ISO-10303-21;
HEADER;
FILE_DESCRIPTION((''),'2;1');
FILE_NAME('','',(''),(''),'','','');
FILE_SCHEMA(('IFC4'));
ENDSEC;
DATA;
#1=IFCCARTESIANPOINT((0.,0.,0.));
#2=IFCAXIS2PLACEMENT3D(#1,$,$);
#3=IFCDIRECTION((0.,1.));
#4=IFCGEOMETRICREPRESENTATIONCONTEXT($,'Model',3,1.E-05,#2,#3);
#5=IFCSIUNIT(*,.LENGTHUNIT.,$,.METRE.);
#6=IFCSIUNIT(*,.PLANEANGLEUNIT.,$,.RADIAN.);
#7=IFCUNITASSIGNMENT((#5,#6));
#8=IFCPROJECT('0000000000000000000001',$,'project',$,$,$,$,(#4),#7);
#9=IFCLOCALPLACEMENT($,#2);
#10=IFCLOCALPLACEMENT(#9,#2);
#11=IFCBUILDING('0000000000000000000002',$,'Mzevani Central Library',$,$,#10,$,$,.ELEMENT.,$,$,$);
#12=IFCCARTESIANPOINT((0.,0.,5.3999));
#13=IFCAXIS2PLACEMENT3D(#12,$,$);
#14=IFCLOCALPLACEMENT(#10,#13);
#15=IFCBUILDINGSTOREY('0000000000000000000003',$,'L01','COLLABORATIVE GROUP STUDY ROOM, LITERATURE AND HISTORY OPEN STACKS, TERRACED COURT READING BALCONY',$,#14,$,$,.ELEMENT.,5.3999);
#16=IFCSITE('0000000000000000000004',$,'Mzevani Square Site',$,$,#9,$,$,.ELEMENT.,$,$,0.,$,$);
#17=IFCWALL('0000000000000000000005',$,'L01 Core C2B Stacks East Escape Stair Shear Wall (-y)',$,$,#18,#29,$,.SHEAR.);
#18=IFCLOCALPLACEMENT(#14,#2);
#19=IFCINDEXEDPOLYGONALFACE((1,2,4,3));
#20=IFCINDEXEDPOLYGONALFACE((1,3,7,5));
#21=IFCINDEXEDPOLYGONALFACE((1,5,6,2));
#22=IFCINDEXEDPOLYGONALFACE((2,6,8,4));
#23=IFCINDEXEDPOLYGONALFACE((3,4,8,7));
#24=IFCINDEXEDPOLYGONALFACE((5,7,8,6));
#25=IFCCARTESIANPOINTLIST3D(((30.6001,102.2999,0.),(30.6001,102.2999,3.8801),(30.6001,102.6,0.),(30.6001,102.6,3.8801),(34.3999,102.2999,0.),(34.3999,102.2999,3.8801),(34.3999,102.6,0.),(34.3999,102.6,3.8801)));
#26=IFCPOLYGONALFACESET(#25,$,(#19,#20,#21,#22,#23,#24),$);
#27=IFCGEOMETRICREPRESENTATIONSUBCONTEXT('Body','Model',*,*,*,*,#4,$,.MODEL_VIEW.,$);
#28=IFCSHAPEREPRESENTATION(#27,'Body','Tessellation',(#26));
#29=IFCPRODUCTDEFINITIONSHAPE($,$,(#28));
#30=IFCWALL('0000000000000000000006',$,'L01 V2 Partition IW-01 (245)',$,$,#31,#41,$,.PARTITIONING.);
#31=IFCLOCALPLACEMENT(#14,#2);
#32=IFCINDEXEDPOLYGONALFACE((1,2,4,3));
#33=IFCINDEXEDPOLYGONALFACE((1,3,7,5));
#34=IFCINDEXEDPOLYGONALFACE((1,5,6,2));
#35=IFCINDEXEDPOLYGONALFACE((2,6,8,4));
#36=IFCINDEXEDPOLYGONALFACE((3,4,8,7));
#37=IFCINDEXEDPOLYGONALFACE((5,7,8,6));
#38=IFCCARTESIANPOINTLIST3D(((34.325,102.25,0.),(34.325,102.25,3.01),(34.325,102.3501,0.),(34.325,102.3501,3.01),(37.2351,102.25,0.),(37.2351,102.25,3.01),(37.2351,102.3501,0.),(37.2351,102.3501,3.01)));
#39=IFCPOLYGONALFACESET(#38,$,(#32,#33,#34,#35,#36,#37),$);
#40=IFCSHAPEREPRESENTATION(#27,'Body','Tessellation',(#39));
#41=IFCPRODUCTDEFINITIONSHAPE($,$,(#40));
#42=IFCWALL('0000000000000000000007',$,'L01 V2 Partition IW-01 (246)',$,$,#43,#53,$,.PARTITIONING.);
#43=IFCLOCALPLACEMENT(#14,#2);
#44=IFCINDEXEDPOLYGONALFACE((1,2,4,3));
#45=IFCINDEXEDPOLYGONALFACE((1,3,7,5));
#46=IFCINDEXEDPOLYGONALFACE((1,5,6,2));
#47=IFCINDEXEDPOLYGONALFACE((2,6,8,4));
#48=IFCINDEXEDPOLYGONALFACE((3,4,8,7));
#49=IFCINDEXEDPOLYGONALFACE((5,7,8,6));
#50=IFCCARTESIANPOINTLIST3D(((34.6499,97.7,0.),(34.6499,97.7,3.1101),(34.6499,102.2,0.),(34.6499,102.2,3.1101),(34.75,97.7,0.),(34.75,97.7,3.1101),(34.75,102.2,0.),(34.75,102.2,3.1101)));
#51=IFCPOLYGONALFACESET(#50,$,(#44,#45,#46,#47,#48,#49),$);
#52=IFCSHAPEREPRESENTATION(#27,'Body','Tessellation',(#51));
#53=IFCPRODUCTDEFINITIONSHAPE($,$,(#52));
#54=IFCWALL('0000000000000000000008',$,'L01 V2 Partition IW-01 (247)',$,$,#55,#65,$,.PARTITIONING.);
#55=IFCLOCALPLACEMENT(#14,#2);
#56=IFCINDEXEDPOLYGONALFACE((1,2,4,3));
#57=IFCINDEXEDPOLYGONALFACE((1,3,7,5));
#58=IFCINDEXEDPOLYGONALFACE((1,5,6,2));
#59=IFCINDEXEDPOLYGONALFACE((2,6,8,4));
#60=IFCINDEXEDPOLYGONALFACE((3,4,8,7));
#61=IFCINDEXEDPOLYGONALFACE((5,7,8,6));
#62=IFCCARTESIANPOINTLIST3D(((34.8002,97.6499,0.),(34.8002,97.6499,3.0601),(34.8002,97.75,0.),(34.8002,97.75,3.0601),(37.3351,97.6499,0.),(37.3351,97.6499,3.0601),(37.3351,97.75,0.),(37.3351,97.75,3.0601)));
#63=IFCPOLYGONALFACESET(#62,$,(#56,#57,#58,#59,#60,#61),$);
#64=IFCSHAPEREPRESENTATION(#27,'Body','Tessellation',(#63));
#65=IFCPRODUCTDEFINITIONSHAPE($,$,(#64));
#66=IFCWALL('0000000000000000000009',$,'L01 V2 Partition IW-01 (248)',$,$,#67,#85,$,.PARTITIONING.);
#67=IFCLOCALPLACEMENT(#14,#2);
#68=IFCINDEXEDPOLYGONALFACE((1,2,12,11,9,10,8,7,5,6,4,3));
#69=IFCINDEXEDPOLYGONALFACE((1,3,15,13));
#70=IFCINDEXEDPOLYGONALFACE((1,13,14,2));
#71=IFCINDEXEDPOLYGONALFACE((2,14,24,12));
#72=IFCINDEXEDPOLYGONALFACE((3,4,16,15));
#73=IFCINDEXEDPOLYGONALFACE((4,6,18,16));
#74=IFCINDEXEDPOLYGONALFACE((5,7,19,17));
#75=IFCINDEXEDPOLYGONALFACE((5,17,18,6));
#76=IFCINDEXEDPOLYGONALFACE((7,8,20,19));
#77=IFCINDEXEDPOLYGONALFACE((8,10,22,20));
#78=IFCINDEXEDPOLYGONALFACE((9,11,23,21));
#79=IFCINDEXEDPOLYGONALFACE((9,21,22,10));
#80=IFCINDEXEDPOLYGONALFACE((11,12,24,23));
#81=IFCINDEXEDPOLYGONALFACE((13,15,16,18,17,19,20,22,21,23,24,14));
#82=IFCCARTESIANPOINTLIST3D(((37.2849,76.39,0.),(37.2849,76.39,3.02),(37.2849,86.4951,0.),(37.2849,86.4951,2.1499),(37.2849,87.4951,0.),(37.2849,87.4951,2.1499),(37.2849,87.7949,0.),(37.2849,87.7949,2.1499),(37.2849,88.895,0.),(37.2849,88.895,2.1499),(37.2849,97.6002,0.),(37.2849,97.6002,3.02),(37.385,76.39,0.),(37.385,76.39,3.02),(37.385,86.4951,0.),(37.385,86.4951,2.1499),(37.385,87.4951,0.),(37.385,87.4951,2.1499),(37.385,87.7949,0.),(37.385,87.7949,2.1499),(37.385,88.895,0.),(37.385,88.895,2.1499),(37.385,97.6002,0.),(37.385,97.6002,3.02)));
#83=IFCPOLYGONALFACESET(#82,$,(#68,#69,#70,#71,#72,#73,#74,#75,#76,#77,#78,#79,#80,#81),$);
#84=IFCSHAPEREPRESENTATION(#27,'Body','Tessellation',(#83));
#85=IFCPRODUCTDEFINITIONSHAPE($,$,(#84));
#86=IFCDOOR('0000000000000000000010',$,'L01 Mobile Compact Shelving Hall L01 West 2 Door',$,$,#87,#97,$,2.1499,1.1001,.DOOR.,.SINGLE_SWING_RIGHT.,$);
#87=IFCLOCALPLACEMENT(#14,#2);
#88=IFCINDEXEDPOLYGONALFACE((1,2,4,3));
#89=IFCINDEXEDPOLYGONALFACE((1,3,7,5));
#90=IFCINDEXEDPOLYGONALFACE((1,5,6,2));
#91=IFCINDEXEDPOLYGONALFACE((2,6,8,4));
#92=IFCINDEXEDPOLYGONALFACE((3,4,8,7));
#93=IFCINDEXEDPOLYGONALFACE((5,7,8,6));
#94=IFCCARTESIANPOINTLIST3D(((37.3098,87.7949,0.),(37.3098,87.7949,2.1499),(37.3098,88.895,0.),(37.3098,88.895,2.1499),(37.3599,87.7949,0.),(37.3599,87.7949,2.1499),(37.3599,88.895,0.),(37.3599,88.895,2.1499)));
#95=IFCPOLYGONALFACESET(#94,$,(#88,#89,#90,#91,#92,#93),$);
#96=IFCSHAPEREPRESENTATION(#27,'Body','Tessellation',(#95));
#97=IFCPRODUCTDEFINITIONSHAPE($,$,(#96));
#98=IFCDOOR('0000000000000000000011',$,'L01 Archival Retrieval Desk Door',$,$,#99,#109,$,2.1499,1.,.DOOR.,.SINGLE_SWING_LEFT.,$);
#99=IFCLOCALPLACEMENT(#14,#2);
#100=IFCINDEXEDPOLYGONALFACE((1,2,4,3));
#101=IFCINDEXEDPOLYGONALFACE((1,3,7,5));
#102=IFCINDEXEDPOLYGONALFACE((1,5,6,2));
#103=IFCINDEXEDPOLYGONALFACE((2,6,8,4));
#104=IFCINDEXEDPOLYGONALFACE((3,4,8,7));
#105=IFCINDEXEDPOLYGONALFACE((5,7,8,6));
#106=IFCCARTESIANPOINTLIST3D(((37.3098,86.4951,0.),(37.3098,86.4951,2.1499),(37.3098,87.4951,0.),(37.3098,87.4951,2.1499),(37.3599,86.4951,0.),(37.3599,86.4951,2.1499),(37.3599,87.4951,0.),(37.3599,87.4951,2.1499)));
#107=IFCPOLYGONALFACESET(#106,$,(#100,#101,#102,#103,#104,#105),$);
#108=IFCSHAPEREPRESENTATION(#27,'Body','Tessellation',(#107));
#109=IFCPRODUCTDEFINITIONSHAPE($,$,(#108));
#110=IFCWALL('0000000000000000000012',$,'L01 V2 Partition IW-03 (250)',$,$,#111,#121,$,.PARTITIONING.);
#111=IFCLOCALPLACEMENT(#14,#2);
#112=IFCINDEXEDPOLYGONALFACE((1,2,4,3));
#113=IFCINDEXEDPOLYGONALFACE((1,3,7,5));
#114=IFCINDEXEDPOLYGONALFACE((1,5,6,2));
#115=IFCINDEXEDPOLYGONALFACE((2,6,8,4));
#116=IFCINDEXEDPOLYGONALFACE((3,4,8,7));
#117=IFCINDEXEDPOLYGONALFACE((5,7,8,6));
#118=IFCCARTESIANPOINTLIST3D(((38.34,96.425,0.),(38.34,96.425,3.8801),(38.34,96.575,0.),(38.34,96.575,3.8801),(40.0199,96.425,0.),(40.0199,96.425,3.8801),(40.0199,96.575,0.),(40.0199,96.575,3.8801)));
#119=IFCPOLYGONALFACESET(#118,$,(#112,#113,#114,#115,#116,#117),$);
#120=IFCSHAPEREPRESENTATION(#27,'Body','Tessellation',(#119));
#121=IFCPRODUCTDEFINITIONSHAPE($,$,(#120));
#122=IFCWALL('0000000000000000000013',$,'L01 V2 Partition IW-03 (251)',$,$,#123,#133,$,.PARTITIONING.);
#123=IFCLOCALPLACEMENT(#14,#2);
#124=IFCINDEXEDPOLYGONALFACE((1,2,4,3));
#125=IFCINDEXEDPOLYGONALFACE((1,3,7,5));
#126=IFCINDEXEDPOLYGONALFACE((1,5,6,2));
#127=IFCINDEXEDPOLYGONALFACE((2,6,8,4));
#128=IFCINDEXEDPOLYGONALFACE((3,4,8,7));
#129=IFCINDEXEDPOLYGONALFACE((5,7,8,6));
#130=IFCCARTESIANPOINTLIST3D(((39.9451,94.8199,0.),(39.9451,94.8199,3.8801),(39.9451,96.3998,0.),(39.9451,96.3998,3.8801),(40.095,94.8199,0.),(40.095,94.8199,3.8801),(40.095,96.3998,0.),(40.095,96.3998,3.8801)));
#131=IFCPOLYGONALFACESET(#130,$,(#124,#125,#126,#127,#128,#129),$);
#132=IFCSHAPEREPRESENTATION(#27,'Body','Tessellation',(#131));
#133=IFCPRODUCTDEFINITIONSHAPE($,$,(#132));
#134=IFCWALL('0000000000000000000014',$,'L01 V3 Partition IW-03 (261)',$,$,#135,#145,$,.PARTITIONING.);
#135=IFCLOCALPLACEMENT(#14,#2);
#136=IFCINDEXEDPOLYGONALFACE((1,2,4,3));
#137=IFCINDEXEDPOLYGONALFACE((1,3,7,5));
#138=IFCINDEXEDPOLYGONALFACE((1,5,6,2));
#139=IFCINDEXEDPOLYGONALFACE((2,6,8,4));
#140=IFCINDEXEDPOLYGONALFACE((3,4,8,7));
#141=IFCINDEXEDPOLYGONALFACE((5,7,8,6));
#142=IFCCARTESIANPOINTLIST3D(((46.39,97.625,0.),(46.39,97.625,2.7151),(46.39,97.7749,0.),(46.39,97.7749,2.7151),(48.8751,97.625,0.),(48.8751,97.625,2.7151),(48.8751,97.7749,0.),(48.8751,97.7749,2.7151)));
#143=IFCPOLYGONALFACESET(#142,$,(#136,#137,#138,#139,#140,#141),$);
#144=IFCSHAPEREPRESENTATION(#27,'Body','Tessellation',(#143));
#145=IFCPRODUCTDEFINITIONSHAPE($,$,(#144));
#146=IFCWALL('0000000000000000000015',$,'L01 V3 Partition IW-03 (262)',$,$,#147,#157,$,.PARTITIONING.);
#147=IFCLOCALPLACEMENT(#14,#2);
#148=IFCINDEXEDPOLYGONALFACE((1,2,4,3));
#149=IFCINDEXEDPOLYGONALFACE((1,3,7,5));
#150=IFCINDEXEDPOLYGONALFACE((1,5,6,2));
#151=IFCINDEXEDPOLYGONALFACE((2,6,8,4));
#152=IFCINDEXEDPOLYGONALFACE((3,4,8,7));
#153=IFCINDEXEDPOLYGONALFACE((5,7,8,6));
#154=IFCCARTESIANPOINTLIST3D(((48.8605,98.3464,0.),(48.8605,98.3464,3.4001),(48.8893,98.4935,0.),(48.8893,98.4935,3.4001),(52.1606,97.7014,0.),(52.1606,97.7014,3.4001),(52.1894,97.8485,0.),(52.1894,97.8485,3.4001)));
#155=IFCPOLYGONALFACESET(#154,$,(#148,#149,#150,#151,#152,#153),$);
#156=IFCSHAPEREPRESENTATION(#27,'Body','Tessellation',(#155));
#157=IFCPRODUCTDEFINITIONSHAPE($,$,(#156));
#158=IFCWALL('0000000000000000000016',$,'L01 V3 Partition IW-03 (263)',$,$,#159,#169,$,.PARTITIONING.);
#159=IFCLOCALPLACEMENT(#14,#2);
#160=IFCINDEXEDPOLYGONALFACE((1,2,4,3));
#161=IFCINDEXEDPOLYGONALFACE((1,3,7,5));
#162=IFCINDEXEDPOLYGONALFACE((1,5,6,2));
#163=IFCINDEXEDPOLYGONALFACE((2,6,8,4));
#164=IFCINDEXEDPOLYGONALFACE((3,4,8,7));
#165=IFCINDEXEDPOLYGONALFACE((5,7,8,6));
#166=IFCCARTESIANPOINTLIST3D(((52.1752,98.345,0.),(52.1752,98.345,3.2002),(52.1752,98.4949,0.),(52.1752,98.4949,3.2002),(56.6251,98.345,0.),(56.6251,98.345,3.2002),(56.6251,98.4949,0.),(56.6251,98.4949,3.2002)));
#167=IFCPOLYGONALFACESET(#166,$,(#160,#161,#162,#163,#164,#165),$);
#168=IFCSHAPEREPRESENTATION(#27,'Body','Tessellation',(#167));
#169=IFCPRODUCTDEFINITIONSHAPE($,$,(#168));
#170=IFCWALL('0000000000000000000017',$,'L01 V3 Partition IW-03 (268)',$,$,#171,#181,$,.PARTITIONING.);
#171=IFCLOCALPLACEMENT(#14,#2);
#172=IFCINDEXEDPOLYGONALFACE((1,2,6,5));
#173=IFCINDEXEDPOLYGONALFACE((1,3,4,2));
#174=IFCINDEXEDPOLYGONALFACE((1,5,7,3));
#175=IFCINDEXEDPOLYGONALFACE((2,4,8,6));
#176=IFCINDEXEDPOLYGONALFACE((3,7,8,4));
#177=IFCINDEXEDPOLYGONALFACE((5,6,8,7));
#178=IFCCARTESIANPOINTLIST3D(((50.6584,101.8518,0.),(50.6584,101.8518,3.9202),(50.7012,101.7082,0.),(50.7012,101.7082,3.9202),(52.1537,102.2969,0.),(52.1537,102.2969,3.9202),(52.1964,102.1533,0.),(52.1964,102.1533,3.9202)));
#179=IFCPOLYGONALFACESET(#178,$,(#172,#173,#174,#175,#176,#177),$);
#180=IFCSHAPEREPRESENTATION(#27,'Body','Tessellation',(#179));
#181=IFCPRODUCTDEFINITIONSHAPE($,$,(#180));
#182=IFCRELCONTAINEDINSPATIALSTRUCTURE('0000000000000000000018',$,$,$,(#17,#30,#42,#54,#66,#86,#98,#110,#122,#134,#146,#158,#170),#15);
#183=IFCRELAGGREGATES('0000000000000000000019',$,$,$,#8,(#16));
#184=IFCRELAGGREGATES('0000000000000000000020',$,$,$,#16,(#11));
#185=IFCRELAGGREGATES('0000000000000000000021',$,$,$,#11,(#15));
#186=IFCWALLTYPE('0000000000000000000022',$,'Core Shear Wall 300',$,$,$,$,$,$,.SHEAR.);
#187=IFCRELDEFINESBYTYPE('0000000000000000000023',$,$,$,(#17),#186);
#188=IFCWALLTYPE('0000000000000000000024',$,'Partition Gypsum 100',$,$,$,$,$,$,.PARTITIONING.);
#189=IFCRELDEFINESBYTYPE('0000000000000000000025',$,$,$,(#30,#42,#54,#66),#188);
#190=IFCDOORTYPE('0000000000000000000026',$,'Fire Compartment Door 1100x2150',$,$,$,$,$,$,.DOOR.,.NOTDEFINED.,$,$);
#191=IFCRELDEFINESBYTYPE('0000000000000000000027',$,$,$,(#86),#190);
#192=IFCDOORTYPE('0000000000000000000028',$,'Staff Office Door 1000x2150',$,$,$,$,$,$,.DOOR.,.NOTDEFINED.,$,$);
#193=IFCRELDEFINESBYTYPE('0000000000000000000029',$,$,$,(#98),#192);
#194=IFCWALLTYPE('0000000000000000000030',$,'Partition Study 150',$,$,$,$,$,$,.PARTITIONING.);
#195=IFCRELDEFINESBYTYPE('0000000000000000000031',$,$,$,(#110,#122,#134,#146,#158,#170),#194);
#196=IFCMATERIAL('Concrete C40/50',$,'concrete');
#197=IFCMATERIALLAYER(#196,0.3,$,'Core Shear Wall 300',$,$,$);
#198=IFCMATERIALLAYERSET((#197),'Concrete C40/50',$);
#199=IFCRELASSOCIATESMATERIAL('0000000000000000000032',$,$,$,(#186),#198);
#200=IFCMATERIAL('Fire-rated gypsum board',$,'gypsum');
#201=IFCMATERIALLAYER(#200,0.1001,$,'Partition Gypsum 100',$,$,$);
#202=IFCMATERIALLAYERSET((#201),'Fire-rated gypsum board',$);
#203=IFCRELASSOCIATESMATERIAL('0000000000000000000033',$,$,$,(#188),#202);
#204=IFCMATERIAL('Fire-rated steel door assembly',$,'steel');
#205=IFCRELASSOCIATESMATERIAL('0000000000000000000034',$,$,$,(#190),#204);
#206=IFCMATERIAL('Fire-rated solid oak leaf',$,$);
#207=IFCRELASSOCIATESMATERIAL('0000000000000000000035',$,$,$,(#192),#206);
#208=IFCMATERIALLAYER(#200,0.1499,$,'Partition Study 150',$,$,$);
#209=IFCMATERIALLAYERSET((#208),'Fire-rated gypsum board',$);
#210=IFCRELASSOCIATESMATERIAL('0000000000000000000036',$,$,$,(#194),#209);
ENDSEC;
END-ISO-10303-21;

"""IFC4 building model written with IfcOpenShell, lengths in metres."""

from ifc_helpers import new_model, si_unit, direction, frame, frame_2d, origin, place, context, subcontext, project, spatial, rectangle, extrude, material, layer, layer_set, type_object, element, fill, save


model = new_model("IFC4")

# Units and contexts
model_context = context("Model", 3, precision=1e-05, world=origin(), true_north=direction((0.0, 1.0)))
body_context = subcontext(model_context, "Body", "Model", "MODEL_VIEW")
ifc_project = project(units=[si_unit("LENGTHUNIT", "METRE"), si_unit("PLANEANGLEUNIT", "RADIAN")], contexts=[model_context])

# Site, building, storey
site_placement = place(None, origin())
site = spatial("IfcSite", under=ifc_project, at=site_placement, Name="Mzevani Square Site", CompositionType="ELEMENT", RefElevation=0.0)
building_placement = place(site_placement, origin())
building = spatial("IfcBuilding", under=site, at=building_placement, Name="Mzevani Central Library", CompositionType="ELEMENT")
storey_placement = place(building_placement, frame((0.0, 0.0, 5.3999)))
storey = spatial("IfcBuildingStorey", under=building, at=storey_placement, Name="L01", Description="COLLABORATIVE GROUP STUDY ROOM, LITERATURE AND HISTORY OPEN STACKS, TERRACED COURT READING BALCONY", CompositionType="ELEMENT", Elevation=5.3999)

# Shared definitions
ifc_material_1 = material(Name="Concrete C40/50", Category="concrete")

# Walls
ifc_layer_1 = layer(ifc_material_1, 0.3, Name="Core Shear Wall 300")
ifc_layer_set_1 = layer_set([ifc_layer_1], Name="Concrete C40/50")
wall_type_1 = type_object("IfcWallType", Name="Core Shear Wall 300", PredefinedType="SHEAR", material=ifc_layer_set_1)
wall_1_placement = place(storey_placement, frame((34.3999, 102.45, 0.0), z_axis=(0.0, 0.0, 1.0), x_axis=(-1.0, 0.0, 0.0)))
element("IfcWall", 1, at=wall_1_placement, inside=storey, type_object=wall_type_1, Name="L01 Core C2B Stacks East Escape Stair Shear Wall (-y)", PredefinedType="SHEAR", context=body_context, shape_type="SweptSolid", body=[
    extrude(rectangle(XDim=3.7998, YDim=0.3, at=frame_2d((1.8999, 0.0))), origin(), (0.0, 0.0, 1.0), 3.8801),
])
ifc_material_2 = material(Name="Fire-rated gypsum board", Category="gypsum")
ifc_layer_2 = layer(ifc_material_2, 0.1001, Name="Partition Gypsum 100")
ifc_layer_set_2 = layer_set([ifc_layer_2], Name="Fire-rated gypsum board")
wall_type_2 = type_object("IfcWallType", Name="Partition Gypsum 100", PredefinedType="PARTITIONING", material=ifc_layer_set_2)
wall_2_placement = place(storey_placement, frame((37.2351, 102.3, 0.0), z_axis=(0.0, 0.0, 1.0), x_axis=(-1.0, 0.0, 0.0)))
element("IfcWall", 2, at=wall_2_placement, inside=storey, type_object=wall_type_2, Name="L01 V2 Partition IW-01 (245)", PredefinedType="PARTITIONING", context=body_context, shape_type="SweptSolid", body=[
    extrude(rectangle(XDim=2.9102, YDim=0.1001, at=frame_2d((1.4551, 0.0))), origin(), (0.0, 0.0, 1.0), 3.01),
])
wall_3_placement = place(storey_placement, frame((34.7, 102.2, 0.0), z_axis=(0.0, 0.0, 1.0), x_axis=(0.0, -1.0, 0.0)))
element("IfcWall", 3, at=wall_3_placement, inside=storey, type_object=wall_type_2, Name="L01 V2 Partition IW-01 (246)", PredefinedType="PARTITIONING", context=body_context, shape_type="SweptSolid", body=[
    extrude(rectangle(XDim=4.5, YDim=0.1001, at=frame_2d((2.25, 0.0))), origin(), (0.0, 0.0, 1.0), 3.1101),
])
wall_4_placement = place(storey_placement, frame((34.8, 97.7, 0.0), z_axis=(0.0, 0.0, 1.0), x_axis=(1.0, 0.0, 0.0)))
element("IfcWall", 4, at=wall_4_placement, inside=storey, type_object=wall_type_2, Name="L01 V2 Partition IW-01 (247)", PredefinedType="PARTITIONING", context=body_context, shape_type="SweptSolid", body=[
    extrude(rectangle(XDim=2.5349, YDim=0.1001, at=frame_2d((1.2676, 0.0))), origin(), (0.0, 0.0, 1.0), 3.0601),
])

# Wall, openings, doors
wall_5_placement = place(storey_placement, frame((37.335, 97.6001, 0.0), z_axis=(0.0, 0.0, 1.0), x_axis=(0.0, -1.0, 0.0)))
wall_5 = element("IfcWall", 5, at=wall_5_placement, inside=storey, type_object=wall_type_2, Name="L01 V2 Partition IW-01 (248)", PredefinedType="PARTITIONING", context=body_context, shape_type="SweptSolid", body=[
    extrude(rectangle(XDim=21.2102, YDim=0.1001, at=frame_2d((10.605, 0.0))), origin(), (0.0, 0.0, 1.0), 3.02),
])
opening_1_placement = place(wall_5_placement, frame((10.105, 0.0, 0.0)))
opening_1 = element("IfcOpeningElement", 6, at=opening_1_placement, cuts=wall_5, PredefinedType="OPENING", context=body_context, shape_type="SweptSolid", body=[
    extrude(rectangle(XDim=1.0, YDim=2.1499, at=frame_2d((0.5, 1.075))), frame((0.0, 0.0601, 0.0), z_axis=(0.0, -1.0, 0.0), x_axis=(1.0, 0.0, 0.0)), (0.0, 0.0, 1.0), 0.1201),
])
opening_2_placement = place(wall_5_placement, frame((8.7051, 0.0, 0.0)))
opening_2 = element("IfcOpeningElement", 7, at=opening_2_placement, cuts=wall_5, PredefinedType="OPENING", context=body_context, shape_type="SweptSolid", body=[
    extrude(rectangle(XDim=1.1001, YDim=2.1499, at=frame_2d((0.55, 1.075))), frame((0.0, 0.0601, 0.0), z_axis=(0.0, -1.0, 0.0), x_axis=(1.0, 0.0, 0.0)), (0.0, 0.0, 1.0), 0.1201),
])
ifc_material_3 = material(Name="Fire-rated steel door assembly", Category="steel")
door_type_1 = type_object("IfcDoorType", Name="Fire Compartment Door 1100x2150", OperationType="NOTDEFINED", PredefinedType="DOOR", material=ifc_material_3)
door_1_placement = place(opening_2_placement, origin())
door_1 = element("IfcDoor", 8, at=door_1_placement, inside=storey, type_object=door_type_1, Name="L01 Mobile Compact Shelving Hall L01 West 2 Door", OperationType="SINGLE_SWING_RIGHT", OverallHeight=2.1499, OverallWidth=1.1001, PredefinedType="DOOR", context=body_context, shape_type="SweptSolid", body=[
    extrude(rectangle(XDim=1.1001, YDim=2.1499, at=frame_2d((0.55, 1.075))), frame((0.0, 0.0249, 0.0), z_axis=(0.0, -1.0, 0.0), x_axis=(1.0, 0.0, 0.0)), (0.0, 0.0, 1.0), 0.05),
])
fill(opening_2, door_1)
ifc_material_4 = material(Name="Fire-rated solid oak leaf")
door_type_2 = type_object("IfcDoorType", Name="Staff Office Door 1000x2150", OperationType="NOTDEFINED", PredefinedType="DOOR", material=ifc_material_4)
door_2_placement = place(opening_1_placement, origin())
door_2 = element("IfcDoor", 9, at=door_2_placement, inside=storey, type_object=door_type_2, Name="L01 Archival Retrieval Desk Door", OperationType="SINGLE_SWING_LEFT", OverallHeight=2.1499, OverallWidth=1.0, PredefinedType="DOOR", context=body_context, shape_type="SweptSolid", body=[
    extrude(rectangle(XDim=1.0, YDim=2.1499, at=frame_2d((0.5, 1.075))), frame((0.0, 0.0249, 0.0), z_axis=(0.0, -1.0, 0.0), x_axis=(1.0, 0.0, 0.0)), (0.0, 0.0, 1.0), 0.05),
])
fill(opening_1, door_2)

# Walls
ifc_layer_3 = layer(ifc_material_2, 0.1499, Name="Partition Study 150")
ifc_layer_set_3 = layer_set([ifc_layer_3], Name="Fire-rated gypsum board")
wall_type_3 = type_object("IfcWallType", Name="Partition Study 150", PredefinedType="PARTITIONING", material=ifc_layer_set_3)
wall_6_placement = place(storey_placement, frame((38.3401, 96.5, 0.0), z_axis=(0.0, 0.0, 1.0), x_axis=(1.0, 0.0, 0.0)))
element("IfcWall", 10, at=wall_6_placement, inside=storey, type_object=wall_type_3, Name="L01 V2 Partition IW-03 (250)", PredefinedType="PARTITIONING", context=body_context, shape_type="SweptSolid", body=[
    extrude(rectangle(XDim=1.6799, YDim=0.1499, at=frame_2d((0.8398, 0.0))), origin(), (0.0, 0.0, 1.0), 3.8801),
])
wall_7_placement = place(storey_placement, frame((40.02, 96.3999, 0.0), z_axis=(0.0, 0.0, 1.0), x_axis=(0.0, -1.0, 0.0)))
element("IfcWall", 11, at=wall_7_placement, inside=storey, type_object=wall_type_3, Name="L01 V2 Partition IW-03 (251)", PredefinedType="PARTITIONING", context=body_context, shape_type="SweptSolid", body=[
    extrude(rectangle(XDim=1.5798, YDim=0.1499, at=frame_2d((0.79, 0.0))), origin(), (0.0, 0.0, 1.0), 3.8801),
])
wall_8_placement = place(storey_placement, frame((46.3899, 97.7, 0.0), z_axis=(0.0, 0.0, 1.0), x_axis=(1.0, 0.0, 0.0)))
element("IfcWall", 12, at=wall_8_placement, inside=storey, type_object=wall_type_3, Name="L01 V3 Partition IW-03 (261)", PredefinedType="PARTITIONING", context=body_context, shape_type="SweptSolid", body=[
    extrude(rectangle(XDim=2.4851, YDim=0.1499, at=frame_2d((1.2427, 0.0))), origin(), (0.0, 0.0, 1.0), 2.7151),
])
wall_9_placement = place(storey_placement, frame((48.875, 98.4199, 0.0), z_axis=(0.0, 0.0, 1.0), x_axis=(0.981429, -0.191828, 0.0)))
element("IfcWall", 13, at=wall_9_placement, inside=storey, type_object=wall_type_3, Name="L01 V3 Partition IW-03 (262)", PredefinedType="PARTITIONING", context=body_context, shape_type="SweptSolid", body=[
    extrude(rectangle(XDim=3.3625, YDim=0.1499, at=frame_2d((1.6812, 0.0))), origin(), (0.0, 0.0, 1.0), 3.4001),
])
wall_10_placement = place(storey_placement, frame((52.175, 98.4199, 0.0), z_axis=(0.0, 0.0, 1.0), x_axis=(1.0, 0.0, 0.0)))
element("IfcWall", 14, at=wall_10_placement, inside=storey, type_object=wall_type_3, Name="L01 V3 Partition IW-03 (263)", PredefinedType="PARTITIONING", context=body_context, shape_type="SweptSolid", body=[
    extrude(rectangle(XDim=4.45, YDim=0.1499, at=frame_2d((2.2251, 0.0))), origin(), (0.0, 0.0, 1.0), 3.2002),
])
wall_11_placement = place(storey_placement, frame((52.175, 102.2251, 0.0), z_axis=(0.0, 0.0, 1.0), x_axis=(-0.958436, -0.285308, 0.0)))
element("IfcWall", 15, at=wall_11_placement, inside=storey, type_object=wall_type_3, Name="L01 V3 Partition IW-03 (268)", PredefinedType="PARTITIONING", context=body_context, shape_type="SweptSolid", body=[
    extrude(rectangle(XDim=1.5601, YDim=0.1499, at=frame_2d((0.78, 0.0))), origin(), (0.0, 0.0, 1.0), 3.9202),
])

save(model, "model.ifc")
